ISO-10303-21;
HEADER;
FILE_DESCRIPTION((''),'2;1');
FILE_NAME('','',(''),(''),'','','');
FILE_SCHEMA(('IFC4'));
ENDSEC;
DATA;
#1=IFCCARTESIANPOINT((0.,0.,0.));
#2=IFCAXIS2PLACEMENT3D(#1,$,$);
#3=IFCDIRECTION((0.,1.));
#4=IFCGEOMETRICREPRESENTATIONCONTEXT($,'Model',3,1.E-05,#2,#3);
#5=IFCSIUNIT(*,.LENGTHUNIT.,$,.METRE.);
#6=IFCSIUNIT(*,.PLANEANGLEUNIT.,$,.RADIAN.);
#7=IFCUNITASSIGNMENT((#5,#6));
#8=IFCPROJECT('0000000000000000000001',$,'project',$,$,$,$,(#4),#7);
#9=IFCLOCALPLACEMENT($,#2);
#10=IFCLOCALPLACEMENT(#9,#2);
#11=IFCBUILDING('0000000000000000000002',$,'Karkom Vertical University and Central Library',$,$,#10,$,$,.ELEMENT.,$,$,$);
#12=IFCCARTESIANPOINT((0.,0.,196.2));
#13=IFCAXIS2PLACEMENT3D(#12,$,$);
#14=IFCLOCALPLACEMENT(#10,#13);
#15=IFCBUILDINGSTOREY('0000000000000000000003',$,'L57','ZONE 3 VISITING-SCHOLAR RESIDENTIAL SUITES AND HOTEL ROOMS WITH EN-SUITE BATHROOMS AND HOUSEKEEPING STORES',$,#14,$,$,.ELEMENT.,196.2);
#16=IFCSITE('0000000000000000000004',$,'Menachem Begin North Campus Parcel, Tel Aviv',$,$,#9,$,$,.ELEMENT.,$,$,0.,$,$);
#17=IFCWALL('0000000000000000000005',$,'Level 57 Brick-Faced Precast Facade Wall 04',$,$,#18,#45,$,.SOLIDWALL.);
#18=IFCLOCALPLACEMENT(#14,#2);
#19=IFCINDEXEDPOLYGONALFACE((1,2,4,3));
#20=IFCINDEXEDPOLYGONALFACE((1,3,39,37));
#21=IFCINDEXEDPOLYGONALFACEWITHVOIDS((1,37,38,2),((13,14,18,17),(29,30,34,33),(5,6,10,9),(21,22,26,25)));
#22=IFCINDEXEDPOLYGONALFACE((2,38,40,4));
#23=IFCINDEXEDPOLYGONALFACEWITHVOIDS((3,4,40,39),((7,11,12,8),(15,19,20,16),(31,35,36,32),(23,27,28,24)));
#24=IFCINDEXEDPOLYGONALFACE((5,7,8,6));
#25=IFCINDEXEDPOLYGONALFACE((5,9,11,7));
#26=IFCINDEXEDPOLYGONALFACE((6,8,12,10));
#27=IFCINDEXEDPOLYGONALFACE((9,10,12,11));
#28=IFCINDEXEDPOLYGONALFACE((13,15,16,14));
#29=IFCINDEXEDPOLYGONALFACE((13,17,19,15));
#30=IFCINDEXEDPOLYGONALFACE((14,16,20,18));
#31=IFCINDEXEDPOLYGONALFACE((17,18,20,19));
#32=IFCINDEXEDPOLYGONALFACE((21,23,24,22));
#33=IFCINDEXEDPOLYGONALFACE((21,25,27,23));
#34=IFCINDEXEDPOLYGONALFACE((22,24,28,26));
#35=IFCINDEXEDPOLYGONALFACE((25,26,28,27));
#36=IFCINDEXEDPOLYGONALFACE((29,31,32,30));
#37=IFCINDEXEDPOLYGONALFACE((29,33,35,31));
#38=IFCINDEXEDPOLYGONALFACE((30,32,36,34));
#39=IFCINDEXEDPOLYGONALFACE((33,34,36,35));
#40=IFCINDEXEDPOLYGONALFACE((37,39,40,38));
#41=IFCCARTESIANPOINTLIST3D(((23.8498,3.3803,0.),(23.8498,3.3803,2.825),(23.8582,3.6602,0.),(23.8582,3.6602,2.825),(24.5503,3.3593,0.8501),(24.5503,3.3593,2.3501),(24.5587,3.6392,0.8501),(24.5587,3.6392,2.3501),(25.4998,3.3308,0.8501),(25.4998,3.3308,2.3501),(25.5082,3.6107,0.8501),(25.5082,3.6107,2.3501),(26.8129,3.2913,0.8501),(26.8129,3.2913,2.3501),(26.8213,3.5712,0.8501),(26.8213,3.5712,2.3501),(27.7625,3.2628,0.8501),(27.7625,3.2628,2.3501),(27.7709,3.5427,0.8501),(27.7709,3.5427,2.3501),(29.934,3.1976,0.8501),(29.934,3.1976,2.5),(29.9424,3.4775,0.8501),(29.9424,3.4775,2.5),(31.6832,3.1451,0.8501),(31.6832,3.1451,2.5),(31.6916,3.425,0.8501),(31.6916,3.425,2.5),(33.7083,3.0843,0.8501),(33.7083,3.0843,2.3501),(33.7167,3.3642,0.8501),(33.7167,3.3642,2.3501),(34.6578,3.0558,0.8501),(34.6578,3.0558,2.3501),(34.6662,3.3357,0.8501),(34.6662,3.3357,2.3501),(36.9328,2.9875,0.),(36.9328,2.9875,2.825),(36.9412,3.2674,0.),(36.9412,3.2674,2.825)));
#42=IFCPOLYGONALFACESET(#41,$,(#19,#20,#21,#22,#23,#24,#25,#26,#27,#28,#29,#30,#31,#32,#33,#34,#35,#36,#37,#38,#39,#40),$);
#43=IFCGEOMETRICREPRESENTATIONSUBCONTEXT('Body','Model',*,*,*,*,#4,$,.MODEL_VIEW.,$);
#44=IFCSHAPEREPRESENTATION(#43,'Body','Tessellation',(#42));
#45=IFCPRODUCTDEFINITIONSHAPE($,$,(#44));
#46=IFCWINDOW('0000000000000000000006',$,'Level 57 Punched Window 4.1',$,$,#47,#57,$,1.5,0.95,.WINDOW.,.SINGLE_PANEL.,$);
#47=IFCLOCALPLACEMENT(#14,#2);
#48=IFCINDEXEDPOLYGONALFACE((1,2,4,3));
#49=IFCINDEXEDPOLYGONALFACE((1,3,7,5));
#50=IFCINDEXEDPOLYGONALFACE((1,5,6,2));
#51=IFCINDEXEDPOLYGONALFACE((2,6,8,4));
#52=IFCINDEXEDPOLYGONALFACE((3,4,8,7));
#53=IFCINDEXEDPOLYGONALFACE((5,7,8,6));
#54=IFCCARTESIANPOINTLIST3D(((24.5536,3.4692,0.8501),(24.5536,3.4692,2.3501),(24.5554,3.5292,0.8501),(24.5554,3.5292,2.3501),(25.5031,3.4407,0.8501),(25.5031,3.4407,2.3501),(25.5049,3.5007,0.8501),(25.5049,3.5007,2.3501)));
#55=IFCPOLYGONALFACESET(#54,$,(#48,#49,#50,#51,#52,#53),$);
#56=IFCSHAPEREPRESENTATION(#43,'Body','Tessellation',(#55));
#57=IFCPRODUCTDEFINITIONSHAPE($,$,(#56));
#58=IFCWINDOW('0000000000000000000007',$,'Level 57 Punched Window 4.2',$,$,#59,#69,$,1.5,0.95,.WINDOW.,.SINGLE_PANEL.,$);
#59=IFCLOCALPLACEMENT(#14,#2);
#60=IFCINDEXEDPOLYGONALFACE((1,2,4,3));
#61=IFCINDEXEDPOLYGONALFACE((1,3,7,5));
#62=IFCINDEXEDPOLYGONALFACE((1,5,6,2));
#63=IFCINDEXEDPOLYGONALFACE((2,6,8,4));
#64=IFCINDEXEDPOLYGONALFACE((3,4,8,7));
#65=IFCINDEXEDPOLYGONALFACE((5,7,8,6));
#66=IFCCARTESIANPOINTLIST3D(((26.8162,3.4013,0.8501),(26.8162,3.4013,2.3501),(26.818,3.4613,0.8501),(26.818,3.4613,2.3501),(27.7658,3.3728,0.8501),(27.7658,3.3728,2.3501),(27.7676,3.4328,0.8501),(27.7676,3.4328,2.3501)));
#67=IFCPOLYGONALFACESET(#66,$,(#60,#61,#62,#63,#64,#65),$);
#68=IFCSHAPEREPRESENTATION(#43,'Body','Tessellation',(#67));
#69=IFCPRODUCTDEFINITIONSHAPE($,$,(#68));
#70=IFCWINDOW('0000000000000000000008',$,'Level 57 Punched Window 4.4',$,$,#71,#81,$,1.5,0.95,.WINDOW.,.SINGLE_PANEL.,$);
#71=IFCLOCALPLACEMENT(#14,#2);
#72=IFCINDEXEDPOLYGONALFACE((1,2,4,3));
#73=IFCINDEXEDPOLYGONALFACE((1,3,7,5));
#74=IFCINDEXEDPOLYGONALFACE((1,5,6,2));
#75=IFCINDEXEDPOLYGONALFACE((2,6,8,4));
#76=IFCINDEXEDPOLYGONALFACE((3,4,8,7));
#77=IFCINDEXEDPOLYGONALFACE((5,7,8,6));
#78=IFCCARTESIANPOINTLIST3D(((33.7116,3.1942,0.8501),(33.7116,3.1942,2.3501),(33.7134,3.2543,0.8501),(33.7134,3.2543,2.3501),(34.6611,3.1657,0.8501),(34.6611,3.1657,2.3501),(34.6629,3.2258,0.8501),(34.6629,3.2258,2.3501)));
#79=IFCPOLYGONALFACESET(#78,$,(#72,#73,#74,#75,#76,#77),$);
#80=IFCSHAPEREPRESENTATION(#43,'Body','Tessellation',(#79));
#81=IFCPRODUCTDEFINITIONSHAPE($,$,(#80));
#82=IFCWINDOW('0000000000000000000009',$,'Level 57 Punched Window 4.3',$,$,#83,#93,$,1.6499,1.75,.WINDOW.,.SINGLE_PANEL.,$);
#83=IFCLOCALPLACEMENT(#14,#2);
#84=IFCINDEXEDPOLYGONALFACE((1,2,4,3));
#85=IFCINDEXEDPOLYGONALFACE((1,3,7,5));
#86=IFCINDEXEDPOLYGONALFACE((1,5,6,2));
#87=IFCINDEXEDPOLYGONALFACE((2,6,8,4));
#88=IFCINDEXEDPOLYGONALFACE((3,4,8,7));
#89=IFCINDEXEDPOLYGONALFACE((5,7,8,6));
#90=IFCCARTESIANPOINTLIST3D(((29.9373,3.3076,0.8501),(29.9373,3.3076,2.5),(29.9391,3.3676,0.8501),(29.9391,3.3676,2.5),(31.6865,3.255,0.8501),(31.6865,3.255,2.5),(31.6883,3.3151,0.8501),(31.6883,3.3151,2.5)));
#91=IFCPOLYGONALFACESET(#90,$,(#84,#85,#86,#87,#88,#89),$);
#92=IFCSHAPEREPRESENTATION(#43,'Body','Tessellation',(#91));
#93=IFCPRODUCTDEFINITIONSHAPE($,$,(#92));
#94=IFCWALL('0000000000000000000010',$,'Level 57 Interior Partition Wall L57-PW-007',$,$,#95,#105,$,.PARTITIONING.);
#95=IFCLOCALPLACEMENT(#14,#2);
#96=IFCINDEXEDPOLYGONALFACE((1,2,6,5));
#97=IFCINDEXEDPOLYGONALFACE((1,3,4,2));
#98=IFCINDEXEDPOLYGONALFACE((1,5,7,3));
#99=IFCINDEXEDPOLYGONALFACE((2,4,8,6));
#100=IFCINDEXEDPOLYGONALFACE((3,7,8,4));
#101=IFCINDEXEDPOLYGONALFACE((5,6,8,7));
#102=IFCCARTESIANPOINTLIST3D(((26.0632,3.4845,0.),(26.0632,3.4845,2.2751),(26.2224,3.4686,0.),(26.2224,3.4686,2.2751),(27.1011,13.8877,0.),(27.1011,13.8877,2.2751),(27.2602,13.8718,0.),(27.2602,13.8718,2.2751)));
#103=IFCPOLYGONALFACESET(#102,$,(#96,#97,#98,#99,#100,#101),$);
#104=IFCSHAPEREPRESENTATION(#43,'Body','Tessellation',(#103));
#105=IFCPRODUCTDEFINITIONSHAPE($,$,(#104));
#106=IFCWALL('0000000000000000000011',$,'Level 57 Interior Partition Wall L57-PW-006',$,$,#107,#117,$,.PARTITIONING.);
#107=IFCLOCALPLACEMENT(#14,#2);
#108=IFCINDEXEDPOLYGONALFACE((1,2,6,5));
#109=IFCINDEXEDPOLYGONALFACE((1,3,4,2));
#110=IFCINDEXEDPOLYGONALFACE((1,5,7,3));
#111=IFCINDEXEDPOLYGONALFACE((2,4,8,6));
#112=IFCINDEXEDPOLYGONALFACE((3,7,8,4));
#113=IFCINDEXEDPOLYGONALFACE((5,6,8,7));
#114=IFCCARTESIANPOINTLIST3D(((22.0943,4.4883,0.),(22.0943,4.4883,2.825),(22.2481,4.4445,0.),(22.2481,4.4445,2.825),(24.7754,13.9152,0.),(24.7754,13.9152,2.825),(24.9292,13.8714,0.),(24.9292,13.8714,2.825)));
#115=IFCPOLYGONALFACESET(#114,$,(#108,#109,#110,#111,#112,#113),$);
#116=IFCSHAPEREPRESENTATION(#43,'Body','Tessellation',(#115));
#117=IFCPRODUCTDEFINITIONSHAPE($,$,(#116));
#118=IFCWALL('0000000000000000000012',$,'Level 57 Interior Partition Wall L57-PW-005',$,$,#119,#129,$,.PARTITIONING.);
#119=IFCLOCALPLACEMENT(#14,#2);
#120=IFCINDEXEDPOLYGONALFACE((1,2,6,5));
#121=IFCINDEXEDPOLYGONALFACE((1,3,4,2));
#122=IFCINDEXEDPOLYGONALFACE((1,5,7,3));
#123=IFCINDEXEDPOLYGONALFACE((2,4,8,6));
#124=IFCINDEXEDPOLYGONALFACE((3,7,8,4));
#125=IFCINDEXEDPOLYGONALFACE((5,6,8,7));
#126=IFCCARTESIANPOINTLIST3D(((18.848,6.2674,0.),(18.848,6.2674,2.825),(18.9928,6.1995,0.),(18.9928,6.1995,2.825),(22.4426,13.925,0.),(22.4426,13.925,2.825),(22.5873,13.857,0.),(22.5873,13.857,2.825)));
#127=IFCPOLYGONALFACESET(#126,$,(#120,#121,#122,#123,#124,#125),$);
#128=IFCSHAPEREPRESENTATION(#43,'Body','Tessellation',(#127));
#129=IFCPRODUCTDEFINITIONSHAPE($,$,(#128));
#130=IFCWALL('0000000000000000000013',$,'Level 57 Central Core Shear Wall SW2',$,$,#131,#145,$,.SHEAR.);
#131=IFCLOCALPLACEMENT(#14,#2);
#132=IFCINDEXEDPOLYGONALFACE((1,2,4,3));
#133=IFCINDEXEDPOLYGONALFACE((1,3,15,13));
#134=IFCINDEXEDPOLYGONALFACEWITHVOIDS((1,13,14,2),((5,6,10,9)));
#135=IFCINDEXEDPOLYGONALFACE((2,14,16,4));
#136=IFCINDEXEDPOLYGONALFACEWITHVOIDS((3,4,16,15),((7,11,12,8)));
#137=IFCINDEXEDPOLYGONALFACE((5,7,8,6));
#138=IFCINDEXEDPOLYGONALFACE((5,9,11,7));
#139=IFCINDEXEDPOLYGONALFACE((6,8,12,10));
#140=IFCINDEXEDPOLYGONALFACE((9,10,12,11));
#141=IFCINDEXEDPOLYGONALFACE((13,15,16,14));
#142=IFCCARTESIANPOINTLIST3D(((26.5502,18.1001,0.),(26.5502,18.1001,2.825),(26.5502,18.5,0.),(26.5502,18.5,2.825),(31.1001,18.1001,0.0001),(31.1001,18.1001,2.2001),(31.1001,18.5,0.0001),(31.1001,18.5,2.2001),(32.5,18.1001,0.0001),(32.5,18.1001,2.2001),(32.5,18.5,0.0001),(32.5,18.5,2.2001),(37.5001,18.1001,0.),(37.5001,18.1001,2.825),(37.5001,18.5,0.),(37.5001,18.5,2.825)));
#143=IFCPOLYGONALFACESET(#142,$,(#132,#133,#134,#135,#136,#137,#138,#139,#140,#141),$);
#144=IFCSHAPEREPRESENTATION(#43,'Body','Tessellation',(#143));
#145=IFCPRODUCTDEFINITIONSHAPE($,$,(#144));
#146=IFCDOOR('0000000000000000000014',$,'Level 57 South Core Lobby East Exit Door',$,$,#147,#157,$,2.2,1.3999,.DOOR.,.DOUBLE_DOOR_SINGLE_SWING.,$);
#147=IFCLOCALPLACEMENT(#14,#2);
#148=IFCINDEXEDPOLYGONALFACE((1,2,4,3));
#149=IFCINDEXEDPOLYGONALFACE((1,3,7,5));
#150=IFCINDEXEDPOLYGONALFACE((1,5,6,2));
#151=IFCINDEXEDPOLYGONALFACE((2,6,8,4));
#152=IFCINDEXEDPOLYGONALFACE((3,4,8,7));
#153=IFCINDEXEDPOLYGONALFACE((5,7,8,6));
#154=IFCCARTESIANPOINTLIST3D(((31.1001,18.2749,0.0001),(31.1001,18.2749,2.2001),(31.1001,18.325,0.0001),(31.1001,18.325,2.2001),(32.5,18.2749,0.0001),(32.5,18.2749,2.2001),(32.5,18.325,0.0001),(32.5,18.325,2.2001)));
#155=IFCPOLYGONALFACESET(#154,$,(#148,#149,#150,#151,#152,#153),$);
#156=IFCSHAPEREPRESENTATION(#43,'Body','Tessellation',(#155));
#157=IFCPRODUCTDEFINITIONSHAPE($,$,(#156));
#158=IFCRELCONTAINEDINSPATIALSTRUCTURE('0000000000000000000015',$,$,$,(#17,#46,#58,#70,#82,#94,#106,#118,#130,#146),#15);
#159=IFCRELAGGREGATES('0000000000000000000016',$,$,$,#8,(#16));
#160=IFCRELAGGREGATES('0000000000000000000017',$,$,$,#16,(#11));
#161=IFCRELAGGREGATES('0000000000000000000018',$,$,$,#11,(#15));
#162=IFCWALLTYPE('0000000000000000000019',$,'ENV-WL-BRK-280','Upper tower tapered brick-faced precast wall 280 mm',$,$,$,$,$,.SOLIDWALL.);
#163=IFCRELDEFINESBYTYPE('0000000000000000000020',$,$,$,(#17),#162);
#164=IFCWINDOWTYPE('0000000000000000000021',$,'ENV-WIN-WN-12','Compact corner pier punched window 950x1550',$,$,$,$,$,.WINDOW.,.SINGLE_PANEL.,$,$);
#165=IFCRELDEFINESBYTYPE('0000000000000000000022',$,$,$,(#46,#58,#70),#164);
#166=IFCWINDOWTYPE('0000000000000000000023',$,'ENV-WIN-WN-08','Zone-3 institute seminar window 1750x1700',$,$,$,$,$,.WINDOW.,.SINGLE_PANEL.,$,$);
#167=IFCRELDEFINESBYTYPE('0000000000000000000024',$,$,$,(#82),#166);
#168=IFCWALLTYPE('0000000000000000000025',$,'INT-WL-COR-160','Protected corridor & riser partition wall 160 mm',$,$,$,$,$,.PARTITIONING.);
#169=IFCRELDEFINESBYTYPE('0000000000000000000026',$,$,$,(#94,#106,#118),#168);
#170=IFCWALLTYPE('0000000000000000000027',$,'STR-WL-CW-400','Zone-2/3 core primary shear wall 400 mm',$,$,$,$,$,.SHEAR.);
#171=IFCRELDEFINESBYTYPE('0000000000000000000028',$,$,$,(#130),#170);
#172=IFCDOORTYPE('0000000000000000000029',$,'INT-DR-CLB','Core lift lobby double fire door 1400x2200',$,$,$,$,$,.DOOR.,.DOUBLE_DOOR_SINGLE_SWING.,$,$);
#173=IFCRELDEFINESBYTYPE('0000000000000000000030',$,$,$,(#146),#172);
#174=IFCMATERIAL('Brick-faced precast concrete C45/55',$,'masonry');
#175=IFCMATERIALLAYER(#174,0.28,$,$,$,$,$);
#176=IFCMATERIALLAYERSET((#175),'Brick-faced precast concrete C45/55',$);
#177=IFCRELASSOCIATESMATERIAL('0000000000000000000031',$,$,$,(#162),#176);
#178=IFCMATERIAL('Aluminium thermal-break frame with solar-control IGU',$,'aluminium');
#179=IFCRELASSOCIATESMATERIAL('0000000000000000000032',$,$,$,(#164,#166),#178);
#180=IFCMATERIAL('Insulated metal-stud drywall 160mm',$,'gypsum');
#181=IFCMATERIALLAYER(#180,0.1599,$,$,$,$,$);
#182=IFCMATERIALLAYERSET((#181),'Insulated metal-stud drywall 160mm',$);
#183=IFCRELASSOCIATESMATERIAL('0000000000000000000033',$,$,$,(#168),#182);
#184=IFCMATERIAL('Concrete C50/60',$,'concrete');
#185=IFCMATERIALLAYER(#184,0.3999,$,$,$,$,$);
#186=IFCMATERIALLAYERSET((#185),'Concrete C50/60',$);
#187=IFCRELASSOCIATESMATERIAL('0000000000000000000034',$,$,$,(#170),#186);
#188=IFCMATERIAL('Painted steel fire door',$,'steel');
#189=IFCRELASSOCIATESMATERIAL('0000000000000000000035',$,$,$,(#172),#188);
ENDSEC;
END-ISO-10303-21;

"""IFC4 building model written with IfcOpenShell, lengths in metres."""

from ifc_helpers import new_model, si_unit, direction, frame, frame_2d, origin, origin_with_axes, place, context, subcontext, project, spatial, rectangle, extrude, source, transform, mapped, material, layer, layer_set, type_object, element, fill, save


model = new_model("IFC4")

# Units and contexts
model_context = context("Model", 3, precision=1e-05, world=origin(), true_north=direction((0.0, 1.0)))
body_context = subcontext(model_context, "Body", "Model", "MODEL_VIEW")
ifc_project = project(units=[si_unit("LENGTHUNIT", "METRE"), si_unit("PLANEANGLEUNIT", "RADIAN")], contexts=[model_context])

# Site, building, storey
site_placement = place(None, origin())
site = spatial("IfcSite", under=ifc_project, at=site_placement, Name="Menachem Begin North Campus Parcel, Tel Aviv", CompositionType="ELEMENT", RefElevation=0.0)
building_placement = place(site_placement, origin())
building = spatial("IfcBuilding", under=site, at=building_placement, Name="Karkom Vertical University and Central Library", CompositionType="ELEMENT")
storey_placement = place(building_placement, frame((0.0, 0.0, 196.2)))
storey = spatial("IfcBuildingStorey", under=building, at=storey_placement, Name="L57", Description="ZONE 3 VISITING-SCHOLAR RESIDENTIAL SUITES AND HOTEL ROOMS WITH EN-SUITE BATHROOMS AND HOUSEKEEPING STORES", CompositionType="ELEMENT", Elevation=196.2)

# Shared definitions
ifc_material_1 = material(Name="Concrete C50/60", Category="concrete")

# Wall, openings, windows
ifc_material_2 = material(Name="Brick-faced precast concrete C45/55", Category="masonry")
ifc_layer_1 = layer(ifc_material_2, 0.28)
ifc_layer_set_1 = layer_set([ifc_layer_1], Name="Brick-faced precast concrete C45/55")
wall_type_1 = type_object("IfcWallType", Name="ENV-WL-BRK-280", Description="Upper tower tapered brick-faced precast wall 280 mm", PredefinedType="SOLIDWALL", material=ifc_layer_set_1)
wall_1_placement = place(storey_placement, frame((23.854, 3.5203, 0.0), z_axis=(0.0, 0.0, 1.0), x_axis=(0.99955, -0.030012, 0.0)))
wall_1 = element("IfcWall", 1, at=wall_1_placement, inside=storey, type_object=wall_type_1, Name="Level 57 Brick-Faced Precast Facade Wall 04", PredefinedType="SOLIDWALL", context=body_context, shape_type="SweptSolid", body=[
    extrude(rectangle(XDim=13.0889, YDim=0.28, at=frame_2d((6.5444, 0.0))), origin(), (0.0, 0.0, 1.0), 2.825),
])
opening_1_placement = place(wall_1_placement, frame((0.7007, 0.0, 0.8501)))
opening_1 = element("IfcOpeningElement", 2, at=opening_1_placement, cuts=wall_1, PredefinedType="OPENING", context=body_context, shape_type="SweptSolid", body=[
    extrude(rectangle(XDim=0.95, YDim=1.5, at=frame_2d((0.4751, 0.75))), frame((0.0, 0.1499, 0.0), z_axis=(0.0, -1.0, 0.0), x_axis=(1.0, 0.0, 0.0)), (0.0, 0.0, 1.0), 0.3),
])
opening_2_placement = place(wall_1_placement, frame((2.9644, 0.0, 0.8501)))
opening_2 = element("IfcOpeningElement", 3, at=opening_2_placement, cuts=wall_1, PredefinedType="OPENING", context=body_context, shape_type="SweptSolid", body=[
    extrude(rectangle(XDim=0.95, YDim=1.5, at=frame_2d((0.4751, 0.75))), frame((0.0, 0.1499, 0.0), z_axis=(0.0, -1.0, 0.0), x_axis=(1.0, 0.0, 0.0)), (0.0, 0.0, 1.0), 0.3),
])
opening_3_placement = place(wall_1_placement, frame((6.0869, 0.0, 0.8501)))
opening_3 = element("IfcOpeningElement", 4, at=opening_3_placement, cuts=wall_1, PredefinedType="OPENING", context=body_context, shape_type="SweptSolid", body=[
    extrude(rectangle(XDim=1.75, YDim=1.6499, at=frame_2d((0.875, 0.825))), frame((0.0, 0.1499, 0.0), z_axis=(0.0, -1.0, 0.0), x_axis=(1.0, 0.0, 0.0)), (0.0, 0.0, 1.0), 0.3),
])
opening_4_placement = place(wall_1_placement, frame((9.8628, 0.0, 0.8501)))
opening_4 = element("IfcOpeningElement", 5, at=opening_4_placement, cuts=wall_1, PredefinedType="OPENING", context=body_context, shape_type="SweptSolid", body=[
    extrude(rectangle(XDim=0.95, YDim=1.5, at=frame_2d((0.4751, 0.75))), frame((0.0, 0.1499, 0.0), z_axis=(0.0, -1.0, 0.0), x_axis=(1.0, 0.0, 0.0)), (0.0, 0.0, 1.0), 0.3),
])
ifc_material_3 = material(Name="Aluminium thermal-break frame with solar-control IGU", Category="aluminium")
window_type_1 = type_object("IfcWindowType", Name="ENV-WIN-WN-12", Description="Compact corner pier punched window 950x1550", PartitioningType="SINGLE_PANEL", PredefinedType="WINDOW", material=ifc_material_3)
shared_shape_1 = source(origin_with_axes(), body_context, "Body", "SweptSolid", [
    extrude(rectangle(XDim=0.95, YDim=1.5, at=frame_2d((0.4751, 0.75))), frame((0.0, 0.03, 0.0), z_axis=(0.0, -1.0, 0.0), x_axis=(1.0, 0.0, 0.0)), (0.0, 0.0, 1.0), 0.0601),
])
window_1_placement = place(opening_1_placement, origin())
window_1 = element("IfcWindow", 6, at=window_1_placement, inside=storey, type_object=window_type_1, Name="Level 57 Punched Window 4.1", OverallHeight=1.5, OverallWidth=0.95, PartitioningType="SINGLE_PANEL", PredefinedType="WINDOW", context=body_context, shape_type="MappedRepresentation", body=[
    mapped(shared_shape_1, transform((0.0, 0.0, 0.0), scale=1.0)),
])
fill(opening_1, window_1)
window_2_placement = place(opening_2_placement, origin())
window_2 = element("IfcWindow", 7, at=window_2_placement, inside=storey, type_object=window_type_1, Name="Level 57 Punched Window 4.2", OverallHeight=1.5, OverallWidth=0.95, PartitioningType="SINGLE_PANEL", PredefinedType="WINDOW", context=body_context, shape_type="MappedRepresentation", body=[
    mapped(shared_shape_1, transform((0.0, 0.0, 0.0), scale=1.0)),
])
fill(opening_2, window_2)
window_3_placement = place(opening_4_placement, origin())
window_3 = element("IfcWindow", 8, at=window_3_placement, inside=storey, type_object=window_type_1, Name="Level 57 Punched Window 4.4", OverallHeight=1.5, OverallWidth=0.95, PartitioningType="SINGLE_PANEL", PredefinedType="WINDOW", context=body_context, shape_type="MappedRepresentation", body=[
    mapped(shared_shape_1, transform((0.0, 0.0, 0.0), scale=1.0)),
])
fill(opening_4, window_3)
window_type_2 = type_object("IfcWindowType", Name="ENV-WIN-WN-08", Description="Zone-3 institute seminar window 1750x1700", PartitioningType="SINGLE_PANEL", PredefinedType="WINDOW", material=ifc_material_3)
shared_shape_2 = source(origin_with_axes(), body_context, "Body", "SweptSolid", [
    extrude(rectangle(XDim=1.75, YDim=1.6499, at=frame_2d((0.875, 0.825))), frame((0.0, 0.03, 0.0), z_axis=(0.0, -1.0, 0.0), x_axis=(1.0, 0.0, 0.0)), (0.0, 0.0, 1.0), 0.0601),
])
window_4_placement = place(opening_3_placement, origin())
window_4 = element("IfcWindow", 9, at=window_4_placement, inside=storey, type_object=window_type_2, Name="Level 57 Punched Window 4.3", OverallHeight=1.6499, OverallWidth=1.75, PartitioningType="SINGLE_PANEL", PredefinedType="WINDOW", context=body_context, shape_type="MappedRepresentation", body=[
    mapped(shared_shape_2, transform((0.0, 0.0, 0.0), scale=1.0)),
])
fill(opening_3, window_4)

# Walls
ifc_material_4 = material(Name="Insulated metal-stud drywall 160mm", Category="gypsum")
ifc_layer_2 = layer(ifc_material_4, 0.1599)
ifc_layer_set_2 = layer_set([ifc_layer_2], Name="Insulated metal-stud drywall 160mm")
wall_type_2 = type_object("IfcWallType", Name="INT-WL-COR-160", Description="Protected corridor & riser partition wall 160 mm", PredefinedType="PARTITIONING", material=ifc_layer_set_2)
wall_2_placement = place(storey_placement, frame((27.1807, 13.8799, 0.0), z_axis=(0.0, 0.0, 1.0), x_axis=(-0.09927, -0.995061, 0.0)))
element("IfcWall", 10, at=wall_2_placement, inside=storey, type_object=wall_type_2, Name="Level 57 Interior Partition Wall L57-PW-007", PredefinedType="PARTITIONING", context=body_context, shape_type="SweptSolid", body=[
    extrude(rectangle(XDim=10.4548, YDim=0.1599, at=frame_2d((5.2275, 0.0))), origin(), (0.0, 0.0, 1.0), 2.2751),
])
wall_3_placement = place(storey_placement, frame((24.8523, 13.8933, 0.0), z_axis=(0.0, 0.0, 1.0), x_axis=(-0.273563, -0.961854, 0.0)))
element("IfcWall", 11, at=wall_3_placement, inside=storey, type_object=wall_type_2, Name="Level 57 Interior Partition Wall L57-PW-006", PredefinedType="PARTITIONING", context=body_context, shape_type="SweptSolid", body=[
    extrude(rectangle(XDim=9.8008, YDim=0.1599, at=frame_2d((4.9004, 0.0))), origin(), (0.0, 0.0, 1.0), 2.825),
])
wall_4_placement = place(storey_placement, frame((22.5149, 13.8909, 0.0), z_axis=(0.0, 0.0, 1.0), x_axis=(-0.424923, -0.90523, 0.0)))
element("IfcWall", 12, at=wall_4_placement, inside=storey, type_object=wall_type_2, Name="Level 57 Interior Partition Wall L57-PW-005", PredefinedType="PARTITIONING", context=body_context, shape_type="SweptSolid", body=[
    extrude(rectangle(XDim=8.4592, YDim=0.1599, at=frame_2d((4.2295, 0.0))), origin(), (0.0, 0.0, 1.0), 2.825),
])

# Wall, opening, door
ifc_layer_3 = layer(ifc_material_1, 0.3999)
ifc_layer_set_3 = layer_set([ifc_layer_3], Name="Concrete C50/60")
wall_type_3 = type_object("IfcWallType", Name="STR-WL-CW-400", Description="Zone-2/3 core primary shear wall 400 mm", PredefinedType="SHEAR", material=ifc_layer_set_3)
wall_5_placement = place(storey_placement, frame((26.55, 18.3, 0.0), z_axis=(0.0, 0.0, 1.0), x_axis=(1.0, 0.0, 0.0)))
wall_5 = element("IfcWall", 13, at=wall_5_placement, inside=storey, type_object=wall_type_3, Name="Level 57 Central Core Shear Wall SW2", PredefinedType="SHEAR", context=body_context, shape_type="SweptSolid", body=[
    extrude(rectangle(XDim=10.95, YDim=0.3999, at=frame_2d((5.4751, 0.0))), origin(), (0.0, 0.0, 1.0), 2.825),
])
opening_5_placement = place(wall_5_placement, frame((4.55, 0.0, 0.0)))
opening_5 = element("IfcOpeningElement", 14, at=opening_5_placement, cuts=wall_5, PredefinedType="OPENING", context=body_context, shape_type="SweptSolid", body=[
    extrude(rectangle(XDim=1.3999, YDim=2.2, at=frame_2d((0.7, 1.1001))), frame((0.0, 0.21, 0.0), z_axis=(0.0, -1.0, 0.0), x_axis=(1.0, 0.0, 0.0)), (0.0, 0.0, 1.0), 0.4199),
])
ifc_material_5 = material(Name="Painted steel fire door", Category="steel")
door_type = type_object("IfcDoorType", Name="INT-DR-CLB", Description="Core lift lobby double fire door 1400x2200", OperationType="DOUBLE_DOOR_SINGLE_SWING", PredefinedType="DOOR", material=ifc_material_5)
shared_shape_3 = source(origin_with_axes(), body_context, "Body", "SweptSolid", [
    extrude(rectangle(XDim=1.3999, YDim=2.2, at=frame_2d((0.7, 1.1001))), frame((0.0, 0.0249, 0.0), z_axis=(0.0, -1.0, 0.0), x_axis=(1.0, 0.0, 0.0)), (0.0, 0.0, 1.0), 0.05),
])
door_placement = place(opening_5_placement, origin())
door = element("IfcDoor", 15, at=door_placement, inside=storey, type_object=door_type, Name="Level 57 South Core Lobby East Exit Door", OperationType="DOUBLE_DOOR_SINGLE_SWING", OverallHeight=2.2, OverallWidth=1.3999, PredefinedType="DOOR", context=body_context, shape_type="MappedRepresentation", body=[
    mapped(shared_shape_3, transform((0.0, 0.0, 0.0), scale=1.0)),
])
fill(opening_5, door)

save(model, "model.ifc")
